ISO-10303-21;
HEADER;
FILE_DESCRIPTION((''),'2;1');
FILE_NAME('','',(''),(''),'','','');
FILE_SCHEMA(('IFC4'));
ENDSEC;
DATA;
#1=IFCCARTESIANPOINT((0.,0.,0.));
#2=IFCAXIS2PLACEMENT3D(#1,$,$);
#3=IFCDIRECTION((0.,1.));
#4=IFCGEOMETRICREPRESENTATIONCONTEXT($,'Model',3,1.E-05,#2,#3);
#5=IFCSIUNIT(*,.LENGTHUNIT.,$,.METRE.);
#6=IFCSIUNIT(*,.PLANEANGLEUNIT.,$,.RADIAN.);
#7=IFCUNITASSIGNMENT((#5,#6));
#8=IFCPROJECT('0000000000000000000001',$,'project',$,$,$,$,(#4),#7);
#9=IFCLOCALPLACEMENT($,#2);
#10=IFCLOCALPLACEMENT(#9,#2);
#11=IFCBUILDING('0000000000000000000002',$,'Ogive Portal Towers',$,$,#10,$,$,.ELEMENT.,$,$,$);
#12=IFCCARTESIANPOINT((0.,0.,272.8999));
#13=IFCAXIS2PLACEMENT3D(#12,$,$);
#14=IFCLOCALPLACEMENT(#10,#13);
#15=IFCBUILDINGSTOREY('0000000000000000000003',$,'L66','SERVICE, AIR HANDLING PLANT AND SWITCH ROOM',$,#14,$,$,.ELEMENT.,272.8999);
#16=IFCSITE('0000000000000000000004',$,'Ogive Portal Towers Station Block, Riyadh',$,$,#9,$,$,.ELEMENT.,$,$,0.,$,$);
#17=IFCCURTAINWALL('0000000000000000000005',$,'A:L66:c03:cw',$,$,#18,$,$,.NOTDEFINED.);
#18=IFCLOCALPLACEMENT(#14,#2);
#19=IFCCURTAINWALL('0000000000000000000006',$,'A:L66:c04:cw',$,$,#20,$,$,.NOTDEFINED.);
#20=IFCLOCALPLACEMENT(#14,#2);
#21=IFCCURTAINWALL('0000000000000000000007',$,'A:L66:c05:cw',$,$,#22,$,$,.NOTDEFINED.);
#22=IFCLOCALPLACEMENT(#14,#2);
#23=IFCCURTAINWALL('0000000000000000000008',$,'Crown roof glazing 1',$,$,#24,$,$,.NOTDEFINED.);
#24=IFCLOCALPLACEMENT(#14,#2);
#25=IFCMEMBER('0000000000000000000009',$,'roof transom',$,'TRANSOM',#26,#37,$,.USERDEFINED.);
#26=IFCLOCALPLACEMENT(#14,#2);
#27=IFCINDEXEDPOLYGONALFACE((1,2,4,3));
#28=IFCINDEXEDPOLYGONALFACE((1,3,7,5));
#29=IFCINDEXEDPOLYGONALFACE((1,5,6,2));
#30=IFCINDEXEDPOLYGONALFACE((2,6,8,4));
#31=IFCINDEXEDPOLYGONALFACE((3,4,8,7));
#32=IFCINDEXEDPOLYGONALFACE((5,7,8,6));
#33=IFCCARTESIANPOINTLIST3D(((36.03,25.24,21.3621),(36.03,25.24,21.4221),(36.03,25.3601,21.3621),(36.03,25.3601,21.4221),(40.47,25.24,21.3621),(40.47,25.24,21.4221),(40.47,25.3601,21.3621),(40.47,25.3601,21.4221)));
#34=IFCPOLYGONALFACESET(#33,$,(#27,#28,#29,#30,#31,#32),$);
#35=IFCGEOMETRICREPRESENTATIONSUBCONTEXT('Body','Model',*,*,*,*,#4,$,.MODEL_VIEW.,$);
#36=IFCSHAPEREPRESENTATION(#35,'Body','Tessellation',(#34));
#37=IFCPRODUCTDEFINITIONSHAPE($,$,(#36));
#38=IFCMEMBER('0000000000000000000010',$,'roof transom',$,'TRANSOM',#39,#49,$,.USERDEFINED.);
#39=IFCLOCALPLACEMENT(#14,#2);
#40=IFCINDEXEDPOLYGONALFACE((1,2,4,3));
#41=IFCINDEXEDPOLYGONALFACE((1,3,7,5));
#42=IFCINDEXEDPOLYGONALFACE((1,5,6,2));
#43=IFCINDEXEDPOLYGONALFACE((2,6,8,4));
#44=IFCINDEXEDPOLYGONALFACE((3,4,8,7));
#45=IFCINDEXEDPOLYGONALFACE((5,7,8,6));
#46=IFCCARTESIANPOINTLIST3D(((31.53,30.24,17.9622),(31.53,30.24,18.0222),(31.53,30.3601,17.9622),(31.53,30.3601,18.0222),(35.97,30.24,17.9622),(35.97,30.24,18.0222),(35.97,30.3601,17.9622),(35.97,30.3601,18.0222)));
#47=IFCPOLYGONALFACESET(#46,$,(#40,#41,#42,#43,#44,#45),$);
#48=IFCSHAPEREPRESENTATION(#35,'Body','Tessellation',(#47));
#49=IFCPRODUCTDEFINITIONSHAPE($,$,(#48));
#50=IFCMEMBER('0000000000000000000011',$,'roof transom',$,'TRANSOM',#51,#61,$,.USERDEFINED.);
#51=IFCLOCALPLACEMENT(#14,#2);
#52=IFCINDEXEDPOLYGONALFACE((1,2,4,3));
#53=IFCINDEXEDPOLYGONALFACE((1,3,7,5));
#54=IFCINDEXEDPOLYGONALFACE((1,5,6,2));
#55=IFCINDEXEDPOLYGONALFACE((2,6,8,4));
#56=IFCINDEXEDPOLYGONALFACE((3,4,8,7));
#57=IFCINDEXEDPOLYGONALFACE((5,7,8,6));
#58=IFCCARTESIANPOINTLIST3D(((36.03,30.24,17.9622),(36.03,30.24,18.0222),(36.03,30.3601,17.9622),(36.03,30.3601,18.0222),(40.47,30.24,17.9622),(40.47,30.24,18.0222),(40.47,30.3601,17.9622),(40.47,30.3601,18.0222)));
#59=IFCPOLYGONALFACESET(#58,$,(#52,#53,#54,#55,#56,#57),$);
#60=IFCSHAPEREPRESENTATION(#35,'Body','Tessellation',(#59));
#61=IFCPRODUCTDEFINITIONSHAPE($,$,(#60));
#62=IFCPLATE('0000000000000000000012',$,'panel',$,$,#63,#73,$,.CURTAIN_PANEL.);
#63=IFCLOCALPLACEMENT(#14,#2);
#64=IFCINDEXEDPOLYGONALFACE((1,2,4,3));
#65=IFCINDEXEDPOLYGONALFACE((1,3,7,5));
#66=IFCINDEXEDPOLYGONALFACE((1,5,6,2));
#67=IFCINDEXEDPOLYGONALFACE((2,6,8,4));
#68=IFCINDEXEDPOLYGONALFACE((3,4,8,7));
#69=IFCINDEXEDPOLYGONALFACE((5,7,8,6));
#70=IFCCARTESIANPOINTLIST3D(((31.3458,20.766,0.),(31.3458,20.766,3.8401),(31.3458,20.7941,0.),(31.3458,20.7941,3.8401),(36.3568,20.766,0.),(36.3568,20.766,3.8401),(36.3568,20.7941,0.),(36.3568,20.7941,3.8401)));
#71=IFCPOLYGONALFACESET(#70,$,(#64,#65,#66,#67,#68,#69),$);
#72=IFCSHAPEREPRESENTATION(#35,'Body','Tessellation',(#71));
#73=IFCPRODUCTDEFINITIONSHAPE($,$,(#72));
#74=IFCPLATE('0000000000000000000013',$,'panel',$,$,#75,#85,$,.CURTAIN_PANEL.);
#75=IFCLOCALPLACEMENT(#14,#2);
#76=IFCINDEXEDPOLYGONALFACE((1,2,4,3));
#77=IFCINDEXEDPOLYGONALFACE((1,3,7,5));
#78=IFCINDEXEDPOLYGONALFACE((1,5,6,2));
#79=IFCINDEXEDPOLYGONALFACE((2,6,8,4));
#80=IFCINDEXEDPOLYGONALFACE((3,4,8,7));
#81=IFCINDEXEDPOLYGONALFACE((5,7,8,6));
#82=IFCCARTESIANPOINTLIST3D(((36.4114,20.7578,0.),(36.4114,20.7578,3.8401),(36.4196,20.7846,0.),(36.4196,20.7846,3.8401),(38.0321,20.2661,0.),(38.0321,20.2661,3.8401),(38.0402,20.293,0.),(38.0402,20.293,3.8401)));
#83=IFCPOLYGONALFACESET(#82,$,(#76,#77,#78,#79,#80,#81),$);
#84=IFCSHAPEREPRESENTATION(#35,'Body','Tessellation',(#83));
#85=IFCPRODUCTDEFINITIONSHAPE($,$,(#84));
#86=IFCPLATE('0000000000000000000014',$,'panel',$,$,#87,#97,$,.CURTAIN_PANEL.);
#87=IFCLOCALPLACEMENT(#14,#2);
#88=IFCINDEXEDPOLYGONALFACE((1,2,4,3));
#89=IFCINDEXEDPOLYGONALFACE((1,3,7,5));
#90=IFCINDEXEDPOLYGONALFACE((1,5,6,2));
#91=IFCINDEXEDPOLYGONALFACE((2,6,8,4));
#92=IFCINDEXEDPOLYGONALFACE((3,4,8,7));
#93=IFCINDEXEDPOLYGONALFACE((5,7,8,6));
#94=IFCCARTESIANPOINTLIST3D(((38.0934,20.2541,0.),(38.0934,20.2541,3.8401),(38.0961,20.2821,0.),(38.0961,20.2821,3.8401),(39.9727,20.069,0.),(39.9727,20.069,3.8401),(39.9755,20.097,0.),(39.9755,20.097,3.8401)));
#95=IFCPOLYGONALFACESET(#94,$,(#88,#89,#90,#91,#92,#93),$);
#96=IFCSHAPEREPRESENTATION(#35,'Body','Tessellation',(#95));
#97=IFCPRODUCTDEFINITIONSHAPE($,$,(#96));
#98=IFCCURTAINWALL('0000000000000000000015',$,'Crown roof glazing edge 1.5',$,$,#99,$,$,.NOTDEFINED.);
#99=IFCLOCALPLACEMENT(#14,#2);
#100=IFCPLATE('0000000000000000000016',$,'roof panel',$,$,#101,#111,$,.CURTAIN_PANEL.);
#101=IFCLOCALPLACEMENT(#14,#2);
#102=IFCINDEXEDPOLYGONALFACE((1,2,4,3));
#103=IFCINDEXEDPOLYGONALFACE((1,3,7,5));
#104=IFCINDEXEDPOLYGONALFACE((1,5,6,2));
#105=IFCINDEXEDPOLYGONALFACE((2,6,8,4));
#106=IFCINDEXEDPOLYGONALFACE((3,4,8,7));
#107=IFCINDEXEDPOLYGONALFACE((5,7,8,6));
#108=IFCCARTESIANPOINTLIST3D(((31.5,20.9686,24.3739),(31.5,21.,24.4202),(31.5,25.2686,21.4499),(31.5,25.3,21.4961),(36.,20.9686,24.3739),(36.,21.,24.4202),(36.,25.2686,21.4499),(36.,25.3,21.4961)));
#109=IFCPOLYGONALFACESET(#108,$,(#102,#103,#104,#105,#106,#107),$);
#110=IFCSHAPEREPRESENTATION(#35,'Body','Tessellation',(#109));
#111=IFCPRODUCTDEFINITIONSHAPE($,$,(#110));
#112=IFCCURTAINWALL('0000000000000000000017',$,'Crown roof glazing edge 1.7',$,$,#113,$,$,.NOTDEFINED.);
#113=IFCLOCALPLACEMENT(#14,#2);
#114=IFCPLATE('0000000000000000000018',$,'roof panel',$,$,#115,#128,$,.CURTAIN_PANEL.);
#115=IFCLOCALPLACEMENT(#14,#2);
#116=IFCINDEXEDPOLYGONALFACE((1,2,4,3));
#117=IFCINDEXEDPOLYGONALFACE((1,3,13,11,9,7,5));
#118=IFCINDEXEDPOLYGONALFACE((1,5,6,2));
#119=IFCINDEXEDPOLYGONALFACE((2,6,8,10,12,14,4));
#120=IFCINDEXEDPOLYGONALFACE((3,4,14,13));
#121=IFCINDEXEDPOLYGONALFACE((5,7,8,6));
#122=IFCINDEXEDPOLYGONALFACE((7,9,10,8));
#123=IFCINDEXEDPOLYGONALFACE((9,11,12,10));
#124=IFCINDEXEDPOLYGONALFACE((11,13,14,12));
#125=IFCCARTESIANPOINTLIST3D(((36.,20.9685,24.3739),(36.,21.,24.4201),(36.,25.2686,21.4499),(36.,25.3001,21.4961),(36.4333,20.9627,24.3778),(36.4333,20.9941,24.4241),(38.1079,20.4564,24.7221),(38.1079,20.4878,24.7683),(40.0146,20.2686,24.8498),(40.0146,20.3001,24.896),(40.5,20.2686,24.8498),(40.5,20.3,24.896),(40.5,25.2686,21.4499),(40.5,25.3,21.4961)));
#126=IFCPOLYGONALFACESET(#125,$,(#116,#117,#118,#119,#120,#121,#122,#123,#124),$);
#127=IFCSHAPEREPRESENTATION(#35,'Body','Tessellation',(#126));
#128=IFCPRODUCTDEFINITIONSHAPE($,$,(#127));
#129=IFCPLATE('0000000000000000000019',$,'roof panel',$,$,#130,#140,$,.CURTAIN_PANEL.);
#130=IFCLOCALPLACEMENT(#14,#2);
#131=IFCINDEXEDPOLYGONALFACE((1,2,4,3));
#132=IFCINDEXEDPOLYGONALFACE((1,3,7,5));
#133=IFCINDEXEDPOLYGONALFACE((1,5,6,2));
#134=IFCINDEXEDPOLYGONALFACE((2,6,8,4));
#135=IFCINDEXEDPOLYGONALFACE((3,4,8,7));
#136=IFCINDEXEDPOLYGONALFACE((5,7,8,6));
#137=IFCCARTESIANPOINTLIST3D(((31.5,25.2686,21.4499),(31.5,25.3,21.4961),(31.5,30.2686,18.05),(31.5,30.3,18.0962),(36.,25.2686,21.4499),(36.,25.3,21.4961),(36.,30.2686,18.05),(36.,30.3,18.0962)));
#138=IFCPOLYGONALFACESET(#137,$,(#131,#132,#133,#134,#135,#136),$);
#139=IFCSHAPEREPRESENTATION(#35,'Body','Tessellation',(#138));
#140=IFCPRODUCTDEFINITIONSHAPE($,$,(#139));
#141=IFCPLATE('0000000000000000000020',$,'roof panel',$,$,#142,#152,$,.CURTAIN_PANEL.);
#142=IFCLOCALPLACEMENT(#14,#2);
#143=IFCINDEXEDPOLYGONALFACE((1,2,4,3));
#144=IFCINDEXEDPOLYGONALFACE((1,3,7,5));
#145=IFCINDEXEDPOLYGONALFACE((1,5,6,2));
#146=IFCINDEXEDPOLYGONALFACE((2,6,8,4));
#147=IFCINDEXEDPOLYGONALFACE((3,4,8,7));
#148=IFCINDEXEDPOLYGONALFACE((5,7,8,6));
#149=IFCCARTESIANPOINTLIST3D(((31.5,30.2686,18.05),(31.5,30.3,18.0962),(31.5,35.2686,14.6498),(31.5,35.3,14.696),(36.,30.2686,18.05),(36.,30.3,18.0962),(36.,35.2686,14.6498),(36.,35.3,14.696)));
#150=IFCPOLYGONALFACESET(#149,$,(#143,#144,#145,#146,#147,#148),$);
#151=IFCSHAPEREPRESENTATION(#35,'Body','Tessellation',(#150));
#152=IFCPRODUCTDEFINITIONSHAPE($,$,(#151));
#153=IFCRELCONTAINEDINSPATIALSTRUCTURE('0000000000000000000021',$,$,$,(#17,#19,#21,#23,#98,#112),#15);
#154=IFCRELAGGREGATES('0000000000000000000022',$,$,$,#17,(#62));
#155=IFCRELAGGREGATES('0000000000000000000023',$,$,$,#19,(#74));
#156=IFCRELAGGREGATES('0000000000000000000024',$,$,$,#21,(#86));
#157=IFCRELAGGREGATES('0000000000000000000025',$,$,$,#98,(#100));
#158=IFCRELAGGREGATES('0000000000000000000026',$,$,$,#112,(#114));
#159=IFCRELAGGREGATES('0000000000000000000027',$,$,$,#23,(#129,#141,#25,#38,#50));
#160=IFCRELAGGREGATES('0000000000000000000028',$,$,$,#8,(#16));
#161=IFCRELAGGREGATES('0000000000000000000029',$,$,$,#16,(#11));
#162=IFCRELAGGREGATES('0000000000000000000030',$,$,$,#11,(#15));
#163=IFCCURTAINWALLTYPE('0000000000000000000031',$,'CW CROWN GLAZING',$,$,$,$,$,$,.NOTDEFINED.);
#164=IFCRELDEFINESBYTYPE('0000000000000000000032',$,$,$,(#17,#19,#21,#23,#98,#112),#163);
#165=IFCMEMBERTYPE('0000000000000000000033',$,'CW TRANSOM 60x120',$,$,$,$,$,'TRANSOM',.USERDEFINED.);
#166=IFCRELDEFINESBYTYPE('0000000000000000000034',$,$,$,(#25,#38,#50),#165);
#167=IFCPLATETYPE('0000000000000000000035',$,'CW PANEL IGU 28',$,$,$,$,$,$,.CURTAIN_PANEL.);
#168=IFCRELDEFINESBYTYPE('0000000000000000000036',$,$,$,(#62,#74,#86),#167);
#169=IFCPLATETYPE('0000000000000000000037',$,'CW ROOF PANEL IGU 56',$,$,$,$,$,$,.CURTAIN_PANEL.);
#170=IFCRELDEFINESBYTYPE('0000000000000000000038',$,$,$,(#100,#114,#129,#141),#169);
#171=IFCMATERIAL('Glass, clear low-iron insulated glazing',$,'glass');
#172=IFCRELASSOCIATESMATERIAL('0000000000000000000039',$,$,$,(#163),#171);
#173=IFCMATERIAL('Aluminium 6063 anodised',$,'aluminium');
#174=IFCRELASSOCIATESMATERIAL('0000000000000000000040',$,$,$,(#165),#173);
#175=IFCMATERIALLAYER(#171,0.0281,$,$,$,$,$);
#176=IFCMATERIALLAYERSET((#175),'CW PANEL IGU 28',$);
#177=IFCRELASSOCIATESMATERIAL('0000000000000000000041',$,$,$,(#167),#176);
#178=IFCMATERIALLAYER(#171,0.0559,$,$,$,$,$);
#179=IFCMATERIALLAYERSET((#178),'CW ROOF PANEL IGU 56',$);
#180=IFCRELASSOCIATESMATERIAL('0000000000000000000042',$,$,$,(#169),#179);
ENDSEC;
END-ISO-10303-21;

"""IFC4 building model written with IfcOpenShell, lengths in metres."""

from ifc_helpers import new_model, si_unit, direction, frame, origin, origin_2d, place, context, subcontext, project, spatial, polyline, rectangle, outline, extrude, material, layer, layer_set, material_profile, profile_set, type_object, element, aggregate, save


model = new_model("IFC4")

# Units and contexts
model_context = context("Model", 3, precision=1e-05, world=origin(), true_north=direction((0.0, 1.0)))
body_context = subcontext(model_context, "Body", "Model", "MODEL_VIEW")
ifc_project = project(units=[si_unit("LENGTHUNIT", "METRE"), si_unit("PLANEANGLEUNIT", "RADIAN")], contexts=[model_context])

# Site, building, storey
site_placement = place(None, origin())
site = spatial("IfcSite", under=ifc_project, at=site_placement, Name="Ogive Portal Towers Station Block, Riyadh", CompositionType="ELEMENT", RefElevation=0.0)
building_placement = place(site_placement, origin())
building = spatial("IfcBuilding", under=site, at=building_placement, Name="Ogive Portal Towers", CompositionType="ELEMENT")
storey_placement = place(building_placement, frame((0.0, 0.0, 272.8999)))
storey = spatial("IfcBuildingStorey", under=building, at=storey_placement, Name="L66", Description="SERVICE, AIR HANDLING PLANT AND SWITCH ROOM", CompositionType="ELEMENT", Elevation=272.8999)

# Curtain walls
ifc_material_1 = material(Name="Glass, clear low-iron insulated glazing", Category="glass")
curtain_wall_type = type_object("IfcCurtainWallType", Name="CW CROWN GLAZING", PredefinedType="NOTDEFINED", material=ifc_material_1)
curtain_wall_1_placement = place(storey_placement, origin())
curtain_wall_1 = element("IfcCurtainWall", 1, at=curtain_wall_1_placement, inside=storey, type_object=curtain_wall_type, Name="A:L66:c03:cw", PredefinedType="NOTDEFINED")
ifc_material_2 = material(Name="Aluminium 6063 anodised", Category="aluminium")
curtain_wall_2_placement = place(storey_placement, origin())
curtain_wall_2 = element("IfcCurtainWall", 2, at=curtain_wall_2_placement, inside=storey, type_object=curtain_wall_type, Name="A:L66:c04:cw", PredefinedType="NOTDEFINED")
curtain_wall_3_placement = place(storey_placement, origin())
curtain_wall_3 = element("IfcCurtainWall", 3, at=curtain_wall_3_placement, inside=storey, type_object=curtain_wall_type, Name="A:L66:c05:cw", PredefinedType="NOTDEFINED")

# Curtain wall
curtain_wall_4_placement = place(storey_placement, origin())
curtain_wall_4 = element("IfcCurtainWall", 4, at=curtain_wall_4_placement, inside=storey, type_object=curtain_wall_type, Name="Crown roof glazing 1", PredefinedType="NOTDEFINED")

# Shared definitions
ifc_material_profile_1 = material_profile(ifc_material_2, rectangle(XDim=0.1201, YDim=0.0601, at=origin_2d()), Name="AL 120x60")
ifc_profile_set_1 = profile_set([ifc_material_profile_1], Name="Aluminium 6063 anodised")
member_type_1 = type_object("IfcMemberType", Name="CW TRANSOM 60x120", ElementType="TRANSOM", PredefinedType="USERDEFINED", material=ifc_profile_set_1)

# Members
member_1_placement = place(storey_placement, frame((36.03, 25.3, 21.3921), z_axis=(1.0, 0.0, 0.0), x_axis=(0.0, 1.0, 0.0)))
member_1 = element("IfcMember", 5, at=member_1_placement, type_object=member_type_1, Name="roof transom", ObjectType="TRANSOM", PredefinedType="USERDEFINED", context=body_context, shape_type="SweptSolid", body=[
    extrude(rectangle(XDim=0.1201, YDim=0.0601, at=origin_2d()), origin(), (0.0, 0.0, 1.0), 4.4399),
])
member_2_placement = place(storey_placement, frame((31.53, 30.3, 17.9922), z_axis=(1.0, 0.0, 0.0), x_axis=(0.0, 1.0, 0.0)))
member_2 = element("IfcMember", 6, at=member_2_placement, type_object=member_type_1, Name="roof transom", ObjectType="TRANSOM", PredefinedType="USERDEFINED", context=body_context, shape_type="SweptSolid", body=[
    extrude(rectangle(XDim=0.1201, YDim=0.0601, at=origin_2d()), origin(), (0.0, 0.0, 1.0), 4.4399),
])
member_3_placement = place(storey_placement, frame((36.03, 30.3, 17.9922), z_axis=(1.0, 0.0, 0.0), x_axis=(0.0, 1.0, 0.0)))
member_3 = element("IfcMember", 7, at=member_3_placement, type_object=member_type_1, Name="roof transom", ObjectType="TRANSOM", PredefinedType="USERDEFINED", context=body_context, shape_type="SweptSolid", body=[
    extrude(rectangle(XDim=0.1201, YDim=0.0601, at=origin_2d()), origin(), (0.0, 0.0, 1.0), 4.4399),
])

# Plates
ifc_layer_1 = layer(ifc_material_1, 0.0281)
ifc_layer_set_1 = layer_set([ifc_layer_1], Name="CW PANEL IGU 28")
plate_type_1 = type_object("IfcPlateType", Name="CW PANEL IGU 28", PredefinedType="CURTAIN_PANEL", material=ifc_layer_set_1)
plate_1_placement = place(storey_placement, frame((33.8513, 20.78, 0.0), z_axis=(0.0, 0.0, 1.0), x_axis=(1.0, 0.0, 0.0)))
plate_1 = element("IfcPlate", 8, at=plate_1_placement, type_object=plate_type_1, Name="panel", PredefinedType="CURTAIN_PANEL", context=body_context, shape_type="SweptSolid", body=[
    extrude(rectangle(XDim=5.011, YDim=0.0281, at=origin_2d()), origin(), (0.0, 0.0, 1.0), 3.8401),
])
aggregate(curtain_wall_1, [plate_1])
plate_2_placement = place(storey_placement, frame((37.2258, 20.5254, 0.0), z_axis=(0.0, 0.0, 1.0), x_axis=(0.95694, -0.290285, 0.0)))
plate_2 = element("IfcPlate", 9, at=plate_2_placement, type_object=plate_type_1, Name="panel", PredefinedType="CURTAIN_PANEL", context=body_context, shape_type="SweptSolid", body=[
    extrude(rectangle(XDim=1.6936, YDim=0.0281, at=origin_2d()), origin(), (0.0, 0.0, 1.0), 3.8401),
])
aggregate(curtain_wall_2, [plate_2])
plate_3_placement = place(storey_placement, frame((39.0344, 20.1755, 0.0), z_axis=(0.0, 0.0, 1.0), x_axis=(0.995185, -0.098017, 0.0)))
plate_3 = element("IfcPlate", 10, at=plate_3_placement, type_object=plate_type_1, Name="panel", PredefinedType="CURTAIN_PANEL", context=body_context, shape_type="SweptSolid", body=[
    extrude(rectangle(XDim=1.8884, YDim=0.0281, at=origin_2d()), origin(), (0.0, 0.0, 1.0), 3.8401),
])
aggregate(curtain_wall_3, [plate_3])

# Curtain walls, plates
curtain_wall_5_placement = place(storey_placement, origin())
curtain_wall_5 = element("IfcCurtainWall", 11, at=curtain_wall_5_placement, inside=storey, type_object=curtain_wall_type, Name="Crown roof glazing edge 1.5", PredefinedType="NOTDEFINED")
ifc_layer_2 = layer(ifc_material_1, 0.0559)
ifc_layer_set_2 = layer_set([ifc_layer_2], Name="CW ROOF PANEL IGU 56")
plate_type_2 = type_object("IfcPlateType", Name="CW ROOF PANEL IGU 56", PredefinedType="CURTAIN_PANEL", material=ifc_layer_set_2)
plate_4_placement = place(storey_placement, frame((36.0, 21.0, 24.4202), z_axis=(0.0, 0.562315, 0.826923), x_axis=(0.0, 0.826923, -0.562315)))
plate_4 = element("IfcPlate", 12, at=plate_4_placement, type_object=plate_type_2, Name="roof panel", PredefinedType="CURTAIN_PANEL", context=body_context, shape_type="SweptSolid", body=[
    extrude(outline(polyline([(0.0, 0.0), (5.2001, 0.0), (5.2001, 4.5), (0.0, 4.5), (0.0, 0.0)])), origin(), (0.0, 0.0, -1.0), 0.0559),
])
aggregate(curtain_wall_5, [plate_4])
curtain_wall_6_placement = place(storey_placement, origin())
curtain_wall_6 = element("IfcCurtainWall", 13, at=curtain_wall_6_placement, inside=storey, type_object=curtain_wall_type, Name="Crown roof glazing edge 1.7", PredefinedType="NOTDEFINED")
plate_5_placement = place(storey_placement, frame((40.5, 20.3, 24.896), z_axis=(0.00001, 0.5623, 0.826933), x_axis=(0.0, 0.826933, -0.5623)))
plate_5 = element("IfcPlate", 14, at=plate_5_placement, type_object=plate_type_2, Name="roof panel", PredefinedType="CURTAIN_PANEL", context=body_context, shape_type="SweptSolid", body=[
    extrude(outline(polyline([(0.0, 0.0), (6.0464, 0.0), (6.0464, 4.5), (0.8464, 4.5), (0.8393, 4.0667), (0.227, 2.3921), (0.0, 0.4854), (0.0, 0.0)])), origin(), (0.0, 0.0, -1.0), 0.0559),
])
aggregate(curtain_wall_6, [plate_5])

# Plates
plate_6_placement = place(storey_placement, frame((36.0, 25.3, 21.4961), z_axis=(0.0, 0.562299, 0.826934), x_axis=(0.0, 0.826934, -0.562299)))
plate_6 = element("IfcPlate", 15, at=plate_6_placement, type_object=plate_type_2, Name="roof panel", PredefinedType="CURTAIN_PANEL", context=body_context, shape_type="SweptSolid", body=[
    extrude(outline(polyline([(0.0, 0.0), (6.0464, 0.0), (6.0464, 4.5), (0.0, 4.5), (0.0, 0.0)])), origin(), (0.0, 0.0, -1.0), 0.0559),
])
plate_7_placement = place(storey_placement, frame((36.0, 30.3, 18.0962), z_axis=(0.0, 0.562327, 0.826915), x_axis=(0.0, 0.826915, -0.562327)))
plate_7 = element("IfcPlate", 16, at=plate_7_placement, type_object=plate_type_2, Name="roof panel", PredefinedType="CURTAIN_PANEL", context=body_context, shape_type="SweptSolid", body=[
    extrude(outline(polyline([(0.0, 0.0), (6.0466, 0.0), (6.0466, 4.5), (0.0, 4.5), (0.0, 0.0)])), origin(), (0.0, 0.0, -1.0), 0.0559),
])
aggregate(curtain_wall_4, [plate_6, plate_7, member_1, member_2, member_3])

save(model, "model.ifc")
